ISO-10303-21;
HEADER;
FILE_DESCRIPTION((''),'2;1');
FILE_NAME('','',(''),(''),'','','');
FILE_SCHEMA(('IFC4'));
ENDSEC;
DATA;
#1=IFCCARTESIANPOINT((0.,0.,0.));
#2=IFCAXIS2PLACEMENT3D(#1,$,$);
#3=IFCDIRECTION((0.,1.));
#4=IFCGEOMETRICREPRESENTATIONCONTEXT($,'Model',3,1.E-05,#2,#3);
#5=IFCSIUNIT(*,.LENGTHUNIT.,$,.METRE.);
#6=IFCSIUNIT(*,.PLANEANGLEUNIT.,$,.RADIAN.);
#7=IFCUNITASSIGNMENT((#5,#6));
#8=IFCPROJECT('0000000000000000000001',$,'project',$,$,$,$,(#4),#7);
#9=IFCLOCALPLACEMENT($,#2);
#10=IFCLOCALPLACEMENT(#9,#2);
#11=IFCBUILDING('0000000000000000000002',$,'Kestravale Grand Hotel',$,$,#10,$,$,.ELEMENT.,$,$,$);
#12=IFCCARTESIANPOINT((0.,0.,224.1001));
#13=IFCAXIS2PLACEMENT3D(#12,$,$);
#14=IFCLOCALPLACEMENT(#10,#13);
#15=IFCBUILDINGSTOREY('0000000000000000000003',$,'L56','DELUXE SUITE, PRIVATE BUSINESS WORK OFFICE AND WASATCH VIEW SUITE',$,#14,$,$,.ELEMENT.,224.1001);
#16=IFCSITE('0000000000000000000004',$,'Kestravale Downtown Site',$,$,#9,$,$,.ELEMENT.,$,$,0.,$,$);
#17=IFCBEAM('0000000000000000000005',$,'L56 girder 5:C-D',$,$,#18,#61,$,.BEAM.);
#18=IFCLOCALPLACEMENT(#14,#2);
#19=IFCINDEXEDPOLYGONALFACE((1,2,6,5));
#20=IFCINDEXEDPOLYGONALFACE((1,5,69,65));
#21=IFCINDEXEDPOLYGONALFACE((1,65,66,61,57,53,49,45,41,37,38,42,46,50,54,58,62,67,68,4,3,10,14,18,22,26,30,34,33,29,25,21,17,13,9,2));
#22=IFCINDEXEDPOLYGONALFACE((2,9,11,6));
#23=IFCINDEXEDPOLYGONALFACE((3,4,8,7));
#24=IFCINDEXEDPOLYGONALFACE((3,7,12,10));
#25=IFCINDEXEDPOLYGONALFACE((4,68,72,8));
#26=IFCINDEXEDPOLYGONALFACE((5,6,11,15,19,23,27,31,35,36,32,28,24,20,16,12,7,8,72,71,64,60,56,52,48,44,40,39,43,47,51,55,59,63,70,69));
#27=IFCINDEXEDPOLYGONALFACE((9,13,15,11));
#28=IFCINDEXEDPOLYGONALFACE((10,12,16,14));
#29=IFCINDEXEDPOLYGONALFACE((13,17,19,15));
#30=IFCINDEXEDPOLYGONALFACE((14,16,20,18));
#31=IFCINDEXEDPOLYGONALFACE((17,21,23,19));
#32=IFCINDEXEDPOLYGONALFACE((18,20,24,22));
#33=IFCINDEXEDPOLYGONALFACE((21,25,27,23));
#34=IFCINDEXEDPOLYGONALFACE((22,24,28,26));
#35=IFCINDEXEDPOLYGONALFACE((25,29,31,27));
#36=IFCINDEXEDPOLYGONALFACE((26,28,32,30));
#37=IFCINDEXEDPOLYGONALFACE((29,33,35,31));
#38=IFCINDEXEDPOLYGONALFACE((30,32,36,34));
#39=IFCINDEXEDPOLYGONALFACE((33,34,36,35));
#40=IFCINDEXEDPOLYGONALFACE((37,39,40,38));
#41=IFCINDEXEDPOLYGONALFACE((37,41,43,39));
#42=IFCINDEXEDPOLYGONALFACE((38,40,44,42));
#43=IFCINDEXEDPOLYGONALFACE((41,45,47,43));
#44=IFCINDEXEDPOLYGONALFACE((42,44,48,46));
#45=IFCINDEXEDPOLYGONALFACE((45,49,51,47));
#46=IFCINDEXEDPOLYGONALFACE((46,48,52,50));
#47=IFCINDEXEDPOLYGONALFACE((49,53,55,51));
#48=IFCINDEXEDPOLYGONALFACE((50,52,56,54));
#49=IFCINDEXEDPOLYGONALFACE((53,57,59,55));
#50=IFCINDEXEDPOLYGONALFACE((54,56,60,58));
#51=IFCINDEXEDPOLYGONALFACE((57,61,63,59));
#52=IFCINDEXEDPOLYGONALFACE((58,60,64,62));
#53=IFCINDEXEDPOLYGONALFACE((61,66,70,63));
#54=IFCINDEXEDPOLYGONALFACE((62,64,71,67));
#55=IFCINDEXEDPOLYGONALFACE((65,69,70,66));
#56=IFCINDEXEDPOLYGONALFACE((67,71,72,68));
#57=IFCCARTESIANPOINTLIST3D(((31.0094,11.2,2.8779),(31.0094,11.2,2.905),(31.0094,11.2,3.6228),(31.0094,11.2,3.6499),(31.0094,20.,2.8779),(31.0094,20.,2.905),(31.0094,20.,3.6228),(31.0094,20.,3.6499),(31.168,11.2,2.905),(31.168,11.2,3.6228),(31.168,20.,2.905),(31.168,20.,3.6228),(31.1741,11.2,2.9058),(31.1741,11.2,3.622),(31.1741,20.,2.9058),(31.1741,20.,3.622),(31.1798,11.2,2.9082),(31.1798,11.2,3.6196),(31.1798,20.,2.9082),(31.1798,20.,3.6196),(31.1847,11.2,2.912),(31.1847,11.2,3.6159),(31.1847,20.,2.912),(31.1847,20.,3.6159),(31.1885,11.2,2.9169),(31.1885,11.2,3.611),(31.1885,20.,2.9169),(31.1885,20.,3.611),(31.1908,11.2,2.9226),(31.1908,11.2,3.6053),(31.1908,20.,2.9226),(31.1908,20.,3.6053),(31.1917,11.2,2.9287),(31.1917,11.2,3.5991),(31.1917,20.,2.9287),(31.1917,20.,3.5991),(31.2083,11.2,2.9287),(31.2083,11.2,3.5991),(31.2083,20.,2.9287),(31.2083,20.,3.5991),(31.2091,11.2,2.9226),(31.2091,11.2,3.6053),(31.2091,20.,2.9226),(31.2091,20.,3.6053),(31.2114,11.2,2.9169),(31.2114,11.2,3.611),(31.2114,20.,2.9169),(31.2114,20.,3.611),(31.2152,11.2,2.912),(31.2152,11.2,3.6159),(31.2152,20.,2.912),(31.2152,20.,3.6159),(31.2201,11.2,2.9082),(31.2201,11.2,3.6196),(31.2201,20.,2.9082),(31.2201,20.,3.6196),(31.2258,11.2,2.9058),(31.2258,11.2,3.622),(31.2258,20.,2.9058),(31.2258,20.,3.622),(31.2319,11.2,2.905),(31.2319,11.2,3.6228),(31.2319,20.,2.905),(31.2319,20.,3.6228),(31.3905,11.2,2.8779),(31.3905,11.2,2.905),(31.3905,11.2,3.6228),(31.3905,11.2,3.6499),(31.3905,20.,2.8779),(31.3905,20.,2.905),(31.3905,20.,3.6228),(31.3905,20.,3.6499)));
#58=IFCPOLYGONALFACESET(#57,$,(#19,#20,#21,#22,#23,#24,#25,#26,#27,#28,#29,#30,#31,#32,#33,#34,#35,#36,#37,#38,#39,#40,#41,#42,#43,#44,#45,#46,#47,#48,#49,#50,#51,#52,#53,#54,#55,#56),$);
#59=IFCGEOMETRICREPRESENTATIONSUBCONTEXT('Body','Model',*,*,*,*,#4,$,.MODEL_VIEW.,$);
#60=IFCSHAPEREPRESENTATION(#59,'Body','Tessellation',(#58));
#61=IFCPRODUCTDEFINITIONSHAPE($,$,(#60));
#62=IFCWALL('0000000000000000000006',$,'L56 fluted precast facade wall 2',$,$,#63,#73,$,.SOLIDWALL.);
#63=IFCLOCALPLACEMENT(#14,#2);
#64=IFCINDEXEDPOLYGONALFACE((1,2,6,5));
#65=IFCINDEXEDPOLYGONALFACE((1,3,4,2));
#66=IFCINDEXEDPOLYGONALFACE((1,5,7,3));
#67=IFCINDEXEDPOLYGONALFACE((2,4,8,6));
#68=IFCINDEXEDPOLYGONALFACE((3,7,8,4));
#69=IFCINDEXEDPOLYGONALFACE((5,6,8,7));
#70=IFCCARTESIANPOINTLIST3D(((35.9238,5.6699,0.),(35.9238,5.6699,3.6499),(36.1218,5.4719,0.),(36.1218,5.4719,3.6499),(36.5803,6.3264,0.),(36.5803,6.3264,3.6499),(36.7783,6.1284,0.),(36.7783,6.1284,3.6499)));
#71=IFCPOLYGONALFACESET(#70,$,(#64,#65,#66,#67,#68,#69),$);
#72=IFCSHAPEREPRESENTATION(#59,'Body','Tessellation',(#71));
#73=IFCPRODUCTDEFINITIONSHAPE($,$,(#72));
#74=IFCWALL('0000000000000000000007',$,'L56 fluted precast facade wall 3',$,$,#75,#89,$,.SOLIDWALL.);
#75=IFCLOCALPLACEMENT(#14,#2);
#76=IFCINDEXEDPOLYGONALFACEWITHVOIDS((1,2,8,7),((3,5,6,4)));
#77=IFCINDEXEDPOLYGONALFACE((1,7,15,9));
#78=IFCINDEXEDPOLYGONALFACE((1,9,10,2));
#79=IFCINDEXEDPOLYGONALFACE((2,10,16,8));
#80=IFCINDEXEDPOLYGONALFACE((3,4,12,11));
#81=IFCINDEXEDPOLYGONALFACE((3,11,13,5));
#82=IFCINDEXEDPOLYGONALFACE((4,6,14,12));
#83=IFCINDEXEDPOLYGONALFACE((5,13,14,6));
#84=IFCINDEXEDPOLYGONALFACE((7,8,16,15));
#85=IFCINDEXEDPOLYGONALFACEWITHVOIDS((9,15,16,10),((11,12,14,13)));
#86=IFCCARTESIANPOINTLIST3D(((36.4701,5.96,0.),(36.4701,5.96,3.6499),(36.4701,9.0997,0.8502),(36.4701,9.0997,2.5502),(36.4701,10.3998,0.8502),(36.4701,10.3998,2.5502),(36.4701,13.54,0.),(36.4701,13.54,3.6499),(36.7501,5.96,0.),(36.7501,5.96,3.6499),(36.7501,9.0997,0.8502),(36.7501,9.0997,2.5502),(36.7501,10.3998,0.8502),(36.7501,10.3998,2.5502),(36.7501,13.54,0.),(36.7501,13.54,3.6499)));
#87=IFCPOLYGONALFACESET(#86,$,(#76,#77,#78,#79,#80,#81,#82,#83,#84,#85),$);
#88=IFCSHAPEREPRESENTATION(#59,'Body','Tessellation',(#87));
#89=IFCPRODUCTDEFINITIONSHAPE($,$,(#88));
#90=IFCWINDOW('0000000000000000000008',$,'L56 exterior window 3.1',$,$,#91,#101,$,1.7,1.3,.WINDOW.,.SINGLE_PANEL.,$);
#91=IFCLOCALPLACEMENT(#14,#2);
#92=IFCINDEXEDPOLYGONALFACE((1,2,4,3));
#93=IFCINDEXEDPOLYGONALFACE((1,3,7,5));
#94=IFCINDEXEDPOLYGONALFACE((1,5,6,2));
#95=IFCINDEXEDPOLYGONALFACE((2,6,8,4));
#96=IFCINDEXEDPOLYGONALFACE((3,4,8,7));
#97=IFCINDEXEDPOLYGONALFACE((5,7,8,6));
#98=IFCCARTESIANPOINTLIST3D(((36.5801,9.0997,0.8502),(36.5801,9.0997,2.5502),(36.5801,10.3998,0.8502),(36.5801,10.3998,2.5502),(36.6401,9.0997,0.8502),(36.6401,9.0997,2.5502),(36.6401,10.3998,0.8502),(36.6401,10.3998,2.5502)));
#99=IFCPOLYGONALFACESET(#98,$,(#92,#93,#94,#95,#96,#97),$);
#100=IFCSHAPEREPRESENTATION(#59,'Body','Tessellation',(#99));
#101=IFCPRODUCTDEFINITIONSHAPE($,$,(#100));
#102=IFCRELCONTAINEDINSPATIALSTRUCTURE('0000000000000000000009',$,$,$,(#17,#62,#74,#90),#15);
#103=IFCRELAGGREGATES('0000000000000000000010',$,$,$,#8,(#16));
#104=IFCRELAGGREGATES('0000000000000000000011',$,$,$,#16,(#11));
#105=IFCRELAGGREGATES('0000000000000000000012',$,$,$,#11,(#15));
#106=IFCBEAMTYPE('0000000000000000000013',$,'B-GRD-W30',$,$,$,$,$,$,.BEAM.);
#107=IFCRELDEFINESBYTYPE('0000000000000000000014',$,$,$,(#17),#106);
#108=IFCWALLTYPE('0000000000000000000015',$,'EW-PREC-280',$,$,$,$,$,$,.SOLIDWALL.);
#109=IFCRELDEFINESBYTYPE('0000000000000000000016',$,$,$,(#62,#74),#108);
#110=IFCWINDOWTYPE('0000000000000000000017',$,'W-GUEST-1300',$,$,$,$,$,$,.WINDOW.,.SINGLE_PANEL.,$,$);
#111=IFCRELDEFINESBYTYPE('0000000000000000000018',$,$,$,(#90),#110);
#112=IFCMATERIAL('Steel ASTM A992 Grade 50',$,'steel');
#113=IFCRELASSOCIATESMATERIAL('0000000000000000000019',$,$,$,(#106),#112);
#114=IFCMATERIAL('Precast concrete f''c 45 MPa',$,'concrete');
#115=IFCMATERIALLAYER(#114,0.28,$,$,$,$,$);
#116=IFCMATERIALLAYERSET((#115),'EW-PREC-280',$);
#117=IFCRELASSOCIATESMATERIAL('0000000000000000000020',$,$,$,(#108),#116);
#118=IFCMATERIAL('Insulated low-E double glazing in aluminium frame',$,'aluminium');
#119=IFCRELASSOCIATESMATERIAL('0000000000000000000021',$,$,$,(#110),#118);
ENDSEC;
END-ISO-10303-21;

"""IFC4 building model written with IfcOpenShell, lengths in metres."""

from ifc_helpers import new_model, si_unit, direction, frame, frame_2d, origin, origin_2d, place, context, subcontext, project, spatial, rectangle, i_section, extrude, material, layer, layer_set, material_profile, profile_set, type_object, element, fill, save


model = new_model("IFC4")

# Units and contexts
model_context = context("Model", 3, precision=1e-05, world=origin(), true_north=direction((0.0, 1.0)))
body_context = subcontext(model_context, "Body", "Model", "MODEL_VIEW")
ifc_project = project(units=[si_unit("LENGTHUNIT", "METRE"), si_unit("PLANEANGLEUNIT", "RADIAN")], contexts=[model_context])

# Site, building, storey
site_placement = place(None, origin())
site = spatial("IfcSite", under=ifc_project, at=site_placement, Name="Kestravale Downtown Site", CompositionType="ELEMENT", RefElevation=0.0)
building_placement = place(site_placement, origin())
building = spatial("IfcBuilding", under=site, at=building_placement, Name="Kestravale Grand Hotel", CompositionType="ELEMENT")
storey_placement = place(building_placement, frame((0.0, 0.0, 224.1001)))
storey = spatial("IfcBuildingStorey", under=building, at=storey_placement, Name="L56", Description="DELUXE SUITE, PRIVATE BUSINESS WORK OFFICE AND WASATCH VIEW SUITE", CompositionType="ELEMENT", Elevation=224.1001)

# Beam
ifc_material_1 = material(Name="Steel ASTM A992 Grade 50", Category="steel")
ifc_material_profile_1 = material_profile(ifc_material_1, i_section(OverallWidth=0.3811, OverallDepth=0.772, WebThickness=0.0166, FlangeThickness=0.0271, FilletRadius=0.0237, at=origin_2d()))
ifc_profile_set_1 = profile_set([ifc_material_profile_1], Name="Steel ASTM A992 Grade 50")
beam_type_1 = type_object("IfcBeamType", Name="B-GRD-W30", PredefinedType="BEAM", material=ifc_profile_set_1)
for number, where, z_axis, x_axis, name in (
    (1, (31.2, 11.2, 3.2639), (0.0, 1.0, 0.0), (-1.0, 0.0, 0.0), "L56 girder 5:C-D"),
):
    element("IfcBeam", number, at=place(storey_placement, frame(where, z_axis=z_axis, x_axis=x_axis)), inside=storey, type_object=beam_type_1, Name=name, PredefinedType="BEAM", context=body_context, shape_type="SweptSolid", body=[
        extrude(i_section(OverallWidth=0.3811, OverallDepth=0.772, WebThickness=0.0166, FlangeThickness=0.0271, FilletRadius=0.0237, at=origin_2d()), origin(), (0.0, 0.0, 1.0), 8.8),
    ])

# Wall
ifc_material_2 = material(Name="Precast concrete f'c 45 MPa", Category="concrete")
ifc_layer_1 = layer(ifc_material_2, 0.28)
ifc_layer_set_1 = layer_set([ifc_layer_1], Name="EW-PREC-280")
wall_type_1 = type_object("IfcWallType", Name="EW-PREC-280", PredefinedType="SOLIDWALL", material=ifc_layer_set_1)
wall_1_placement = place(storey_placement, frame((36.0227, 5.5708, 0.0), z_axis=(0.0, 0.0, 1.0), x_axis=(0.707107, 0.707107, 0.0)))
element("IfcWall", 2, at=wall_1_placement, inside=storey, type_object=wall_type_1, Name="L56 fluted precast facade wall 2", PredefinedType="SOLIDWALL", context=body_context, shape_type="SweptSolid", body=[
    extrude(rectangle(XDim=0.9285, YDim=0.28, at=frame_2d((0.4644, 0.0))), origin(), (0.0, 0.0, 1.0), 3.6499),
])

# Wall, opening, window
wall_2_placement = place(storey_placement, frame((36.6101, 5.96, 0.0), z_axis=(0.0, 0.0, 1.0), x_axis=(0.0, 1.0, 0.0)))
wall_2 = element("IfcWall", 3, at=wall_2_placement, inside=storey, type_object=wall_type_1, Name="L56 fluted precast facade wall 3", PredefinedType="SOLIDWALL", context=body_context, shape_type="SweptSolid", body=[
    extrude(rectangle(XDim=7.5801, YDim=0.28, at=frame_2d((3.79, 0.0))), origin(), (0.0, 0.0, 1.0), 3.6499),
])
opening_1_placement = place(wall_2_placement, frame((3.1399, 0.0, 0.8501)))
opening_1 = element("IfcOpeningElement", 4, at=opening_1_placement, cuts=wall_2, PredefinedType="OPENING", context=body_context, shape_type="SweptSolid", body=[
    extrude(rectangle(XDim=1.3, YDim=1.7, at=frame_2d((0.6499, 0.8501))), frame((0.0, 0.1499, 0.0), z_axis=(0.0, -1.0, 0.0), x_axis=(1.0, 0.0, 0.0)), (0.0, 0.0, 1.0), 0.3),
])
ifc_material_3 = material(Name="Insulated low-E double glazing in aluminium frame", Category="aluminium")
window_type = type_object("IfcWindowType", Name="W-GUEST-1300", PartitioningType="SINGLE_PANEL", PredefinedType="WINDOW", material=ifc_material_3)
window_placement = place(opening_1_placement, origin())
window = element("IfcWindow", 5, at=window_placement, inside=storey, type_object=window_type, Name="L56 exterior window 3.1", OverallHeight=1.7, OverallWidth=1.3, PartitioningType="SINGLE_PANEL", PredefinedType="WINDOW", context=body_context, shape_type="SweptSolid", body=[
    extrude(rectangle(XDim=1.3, YDim=1.7, at=frame_2d((0.6499, 0.8501))), frame((0.0, 0.03, 0.0), z_axis=(0.0, -1.0, 0.0), x_axis=(1.0, 0.0, 0.0)), (0.0, 0.0, 1.0), 0.0601),
])
fill(opening_1, window)

save(model, "model.ifc")
